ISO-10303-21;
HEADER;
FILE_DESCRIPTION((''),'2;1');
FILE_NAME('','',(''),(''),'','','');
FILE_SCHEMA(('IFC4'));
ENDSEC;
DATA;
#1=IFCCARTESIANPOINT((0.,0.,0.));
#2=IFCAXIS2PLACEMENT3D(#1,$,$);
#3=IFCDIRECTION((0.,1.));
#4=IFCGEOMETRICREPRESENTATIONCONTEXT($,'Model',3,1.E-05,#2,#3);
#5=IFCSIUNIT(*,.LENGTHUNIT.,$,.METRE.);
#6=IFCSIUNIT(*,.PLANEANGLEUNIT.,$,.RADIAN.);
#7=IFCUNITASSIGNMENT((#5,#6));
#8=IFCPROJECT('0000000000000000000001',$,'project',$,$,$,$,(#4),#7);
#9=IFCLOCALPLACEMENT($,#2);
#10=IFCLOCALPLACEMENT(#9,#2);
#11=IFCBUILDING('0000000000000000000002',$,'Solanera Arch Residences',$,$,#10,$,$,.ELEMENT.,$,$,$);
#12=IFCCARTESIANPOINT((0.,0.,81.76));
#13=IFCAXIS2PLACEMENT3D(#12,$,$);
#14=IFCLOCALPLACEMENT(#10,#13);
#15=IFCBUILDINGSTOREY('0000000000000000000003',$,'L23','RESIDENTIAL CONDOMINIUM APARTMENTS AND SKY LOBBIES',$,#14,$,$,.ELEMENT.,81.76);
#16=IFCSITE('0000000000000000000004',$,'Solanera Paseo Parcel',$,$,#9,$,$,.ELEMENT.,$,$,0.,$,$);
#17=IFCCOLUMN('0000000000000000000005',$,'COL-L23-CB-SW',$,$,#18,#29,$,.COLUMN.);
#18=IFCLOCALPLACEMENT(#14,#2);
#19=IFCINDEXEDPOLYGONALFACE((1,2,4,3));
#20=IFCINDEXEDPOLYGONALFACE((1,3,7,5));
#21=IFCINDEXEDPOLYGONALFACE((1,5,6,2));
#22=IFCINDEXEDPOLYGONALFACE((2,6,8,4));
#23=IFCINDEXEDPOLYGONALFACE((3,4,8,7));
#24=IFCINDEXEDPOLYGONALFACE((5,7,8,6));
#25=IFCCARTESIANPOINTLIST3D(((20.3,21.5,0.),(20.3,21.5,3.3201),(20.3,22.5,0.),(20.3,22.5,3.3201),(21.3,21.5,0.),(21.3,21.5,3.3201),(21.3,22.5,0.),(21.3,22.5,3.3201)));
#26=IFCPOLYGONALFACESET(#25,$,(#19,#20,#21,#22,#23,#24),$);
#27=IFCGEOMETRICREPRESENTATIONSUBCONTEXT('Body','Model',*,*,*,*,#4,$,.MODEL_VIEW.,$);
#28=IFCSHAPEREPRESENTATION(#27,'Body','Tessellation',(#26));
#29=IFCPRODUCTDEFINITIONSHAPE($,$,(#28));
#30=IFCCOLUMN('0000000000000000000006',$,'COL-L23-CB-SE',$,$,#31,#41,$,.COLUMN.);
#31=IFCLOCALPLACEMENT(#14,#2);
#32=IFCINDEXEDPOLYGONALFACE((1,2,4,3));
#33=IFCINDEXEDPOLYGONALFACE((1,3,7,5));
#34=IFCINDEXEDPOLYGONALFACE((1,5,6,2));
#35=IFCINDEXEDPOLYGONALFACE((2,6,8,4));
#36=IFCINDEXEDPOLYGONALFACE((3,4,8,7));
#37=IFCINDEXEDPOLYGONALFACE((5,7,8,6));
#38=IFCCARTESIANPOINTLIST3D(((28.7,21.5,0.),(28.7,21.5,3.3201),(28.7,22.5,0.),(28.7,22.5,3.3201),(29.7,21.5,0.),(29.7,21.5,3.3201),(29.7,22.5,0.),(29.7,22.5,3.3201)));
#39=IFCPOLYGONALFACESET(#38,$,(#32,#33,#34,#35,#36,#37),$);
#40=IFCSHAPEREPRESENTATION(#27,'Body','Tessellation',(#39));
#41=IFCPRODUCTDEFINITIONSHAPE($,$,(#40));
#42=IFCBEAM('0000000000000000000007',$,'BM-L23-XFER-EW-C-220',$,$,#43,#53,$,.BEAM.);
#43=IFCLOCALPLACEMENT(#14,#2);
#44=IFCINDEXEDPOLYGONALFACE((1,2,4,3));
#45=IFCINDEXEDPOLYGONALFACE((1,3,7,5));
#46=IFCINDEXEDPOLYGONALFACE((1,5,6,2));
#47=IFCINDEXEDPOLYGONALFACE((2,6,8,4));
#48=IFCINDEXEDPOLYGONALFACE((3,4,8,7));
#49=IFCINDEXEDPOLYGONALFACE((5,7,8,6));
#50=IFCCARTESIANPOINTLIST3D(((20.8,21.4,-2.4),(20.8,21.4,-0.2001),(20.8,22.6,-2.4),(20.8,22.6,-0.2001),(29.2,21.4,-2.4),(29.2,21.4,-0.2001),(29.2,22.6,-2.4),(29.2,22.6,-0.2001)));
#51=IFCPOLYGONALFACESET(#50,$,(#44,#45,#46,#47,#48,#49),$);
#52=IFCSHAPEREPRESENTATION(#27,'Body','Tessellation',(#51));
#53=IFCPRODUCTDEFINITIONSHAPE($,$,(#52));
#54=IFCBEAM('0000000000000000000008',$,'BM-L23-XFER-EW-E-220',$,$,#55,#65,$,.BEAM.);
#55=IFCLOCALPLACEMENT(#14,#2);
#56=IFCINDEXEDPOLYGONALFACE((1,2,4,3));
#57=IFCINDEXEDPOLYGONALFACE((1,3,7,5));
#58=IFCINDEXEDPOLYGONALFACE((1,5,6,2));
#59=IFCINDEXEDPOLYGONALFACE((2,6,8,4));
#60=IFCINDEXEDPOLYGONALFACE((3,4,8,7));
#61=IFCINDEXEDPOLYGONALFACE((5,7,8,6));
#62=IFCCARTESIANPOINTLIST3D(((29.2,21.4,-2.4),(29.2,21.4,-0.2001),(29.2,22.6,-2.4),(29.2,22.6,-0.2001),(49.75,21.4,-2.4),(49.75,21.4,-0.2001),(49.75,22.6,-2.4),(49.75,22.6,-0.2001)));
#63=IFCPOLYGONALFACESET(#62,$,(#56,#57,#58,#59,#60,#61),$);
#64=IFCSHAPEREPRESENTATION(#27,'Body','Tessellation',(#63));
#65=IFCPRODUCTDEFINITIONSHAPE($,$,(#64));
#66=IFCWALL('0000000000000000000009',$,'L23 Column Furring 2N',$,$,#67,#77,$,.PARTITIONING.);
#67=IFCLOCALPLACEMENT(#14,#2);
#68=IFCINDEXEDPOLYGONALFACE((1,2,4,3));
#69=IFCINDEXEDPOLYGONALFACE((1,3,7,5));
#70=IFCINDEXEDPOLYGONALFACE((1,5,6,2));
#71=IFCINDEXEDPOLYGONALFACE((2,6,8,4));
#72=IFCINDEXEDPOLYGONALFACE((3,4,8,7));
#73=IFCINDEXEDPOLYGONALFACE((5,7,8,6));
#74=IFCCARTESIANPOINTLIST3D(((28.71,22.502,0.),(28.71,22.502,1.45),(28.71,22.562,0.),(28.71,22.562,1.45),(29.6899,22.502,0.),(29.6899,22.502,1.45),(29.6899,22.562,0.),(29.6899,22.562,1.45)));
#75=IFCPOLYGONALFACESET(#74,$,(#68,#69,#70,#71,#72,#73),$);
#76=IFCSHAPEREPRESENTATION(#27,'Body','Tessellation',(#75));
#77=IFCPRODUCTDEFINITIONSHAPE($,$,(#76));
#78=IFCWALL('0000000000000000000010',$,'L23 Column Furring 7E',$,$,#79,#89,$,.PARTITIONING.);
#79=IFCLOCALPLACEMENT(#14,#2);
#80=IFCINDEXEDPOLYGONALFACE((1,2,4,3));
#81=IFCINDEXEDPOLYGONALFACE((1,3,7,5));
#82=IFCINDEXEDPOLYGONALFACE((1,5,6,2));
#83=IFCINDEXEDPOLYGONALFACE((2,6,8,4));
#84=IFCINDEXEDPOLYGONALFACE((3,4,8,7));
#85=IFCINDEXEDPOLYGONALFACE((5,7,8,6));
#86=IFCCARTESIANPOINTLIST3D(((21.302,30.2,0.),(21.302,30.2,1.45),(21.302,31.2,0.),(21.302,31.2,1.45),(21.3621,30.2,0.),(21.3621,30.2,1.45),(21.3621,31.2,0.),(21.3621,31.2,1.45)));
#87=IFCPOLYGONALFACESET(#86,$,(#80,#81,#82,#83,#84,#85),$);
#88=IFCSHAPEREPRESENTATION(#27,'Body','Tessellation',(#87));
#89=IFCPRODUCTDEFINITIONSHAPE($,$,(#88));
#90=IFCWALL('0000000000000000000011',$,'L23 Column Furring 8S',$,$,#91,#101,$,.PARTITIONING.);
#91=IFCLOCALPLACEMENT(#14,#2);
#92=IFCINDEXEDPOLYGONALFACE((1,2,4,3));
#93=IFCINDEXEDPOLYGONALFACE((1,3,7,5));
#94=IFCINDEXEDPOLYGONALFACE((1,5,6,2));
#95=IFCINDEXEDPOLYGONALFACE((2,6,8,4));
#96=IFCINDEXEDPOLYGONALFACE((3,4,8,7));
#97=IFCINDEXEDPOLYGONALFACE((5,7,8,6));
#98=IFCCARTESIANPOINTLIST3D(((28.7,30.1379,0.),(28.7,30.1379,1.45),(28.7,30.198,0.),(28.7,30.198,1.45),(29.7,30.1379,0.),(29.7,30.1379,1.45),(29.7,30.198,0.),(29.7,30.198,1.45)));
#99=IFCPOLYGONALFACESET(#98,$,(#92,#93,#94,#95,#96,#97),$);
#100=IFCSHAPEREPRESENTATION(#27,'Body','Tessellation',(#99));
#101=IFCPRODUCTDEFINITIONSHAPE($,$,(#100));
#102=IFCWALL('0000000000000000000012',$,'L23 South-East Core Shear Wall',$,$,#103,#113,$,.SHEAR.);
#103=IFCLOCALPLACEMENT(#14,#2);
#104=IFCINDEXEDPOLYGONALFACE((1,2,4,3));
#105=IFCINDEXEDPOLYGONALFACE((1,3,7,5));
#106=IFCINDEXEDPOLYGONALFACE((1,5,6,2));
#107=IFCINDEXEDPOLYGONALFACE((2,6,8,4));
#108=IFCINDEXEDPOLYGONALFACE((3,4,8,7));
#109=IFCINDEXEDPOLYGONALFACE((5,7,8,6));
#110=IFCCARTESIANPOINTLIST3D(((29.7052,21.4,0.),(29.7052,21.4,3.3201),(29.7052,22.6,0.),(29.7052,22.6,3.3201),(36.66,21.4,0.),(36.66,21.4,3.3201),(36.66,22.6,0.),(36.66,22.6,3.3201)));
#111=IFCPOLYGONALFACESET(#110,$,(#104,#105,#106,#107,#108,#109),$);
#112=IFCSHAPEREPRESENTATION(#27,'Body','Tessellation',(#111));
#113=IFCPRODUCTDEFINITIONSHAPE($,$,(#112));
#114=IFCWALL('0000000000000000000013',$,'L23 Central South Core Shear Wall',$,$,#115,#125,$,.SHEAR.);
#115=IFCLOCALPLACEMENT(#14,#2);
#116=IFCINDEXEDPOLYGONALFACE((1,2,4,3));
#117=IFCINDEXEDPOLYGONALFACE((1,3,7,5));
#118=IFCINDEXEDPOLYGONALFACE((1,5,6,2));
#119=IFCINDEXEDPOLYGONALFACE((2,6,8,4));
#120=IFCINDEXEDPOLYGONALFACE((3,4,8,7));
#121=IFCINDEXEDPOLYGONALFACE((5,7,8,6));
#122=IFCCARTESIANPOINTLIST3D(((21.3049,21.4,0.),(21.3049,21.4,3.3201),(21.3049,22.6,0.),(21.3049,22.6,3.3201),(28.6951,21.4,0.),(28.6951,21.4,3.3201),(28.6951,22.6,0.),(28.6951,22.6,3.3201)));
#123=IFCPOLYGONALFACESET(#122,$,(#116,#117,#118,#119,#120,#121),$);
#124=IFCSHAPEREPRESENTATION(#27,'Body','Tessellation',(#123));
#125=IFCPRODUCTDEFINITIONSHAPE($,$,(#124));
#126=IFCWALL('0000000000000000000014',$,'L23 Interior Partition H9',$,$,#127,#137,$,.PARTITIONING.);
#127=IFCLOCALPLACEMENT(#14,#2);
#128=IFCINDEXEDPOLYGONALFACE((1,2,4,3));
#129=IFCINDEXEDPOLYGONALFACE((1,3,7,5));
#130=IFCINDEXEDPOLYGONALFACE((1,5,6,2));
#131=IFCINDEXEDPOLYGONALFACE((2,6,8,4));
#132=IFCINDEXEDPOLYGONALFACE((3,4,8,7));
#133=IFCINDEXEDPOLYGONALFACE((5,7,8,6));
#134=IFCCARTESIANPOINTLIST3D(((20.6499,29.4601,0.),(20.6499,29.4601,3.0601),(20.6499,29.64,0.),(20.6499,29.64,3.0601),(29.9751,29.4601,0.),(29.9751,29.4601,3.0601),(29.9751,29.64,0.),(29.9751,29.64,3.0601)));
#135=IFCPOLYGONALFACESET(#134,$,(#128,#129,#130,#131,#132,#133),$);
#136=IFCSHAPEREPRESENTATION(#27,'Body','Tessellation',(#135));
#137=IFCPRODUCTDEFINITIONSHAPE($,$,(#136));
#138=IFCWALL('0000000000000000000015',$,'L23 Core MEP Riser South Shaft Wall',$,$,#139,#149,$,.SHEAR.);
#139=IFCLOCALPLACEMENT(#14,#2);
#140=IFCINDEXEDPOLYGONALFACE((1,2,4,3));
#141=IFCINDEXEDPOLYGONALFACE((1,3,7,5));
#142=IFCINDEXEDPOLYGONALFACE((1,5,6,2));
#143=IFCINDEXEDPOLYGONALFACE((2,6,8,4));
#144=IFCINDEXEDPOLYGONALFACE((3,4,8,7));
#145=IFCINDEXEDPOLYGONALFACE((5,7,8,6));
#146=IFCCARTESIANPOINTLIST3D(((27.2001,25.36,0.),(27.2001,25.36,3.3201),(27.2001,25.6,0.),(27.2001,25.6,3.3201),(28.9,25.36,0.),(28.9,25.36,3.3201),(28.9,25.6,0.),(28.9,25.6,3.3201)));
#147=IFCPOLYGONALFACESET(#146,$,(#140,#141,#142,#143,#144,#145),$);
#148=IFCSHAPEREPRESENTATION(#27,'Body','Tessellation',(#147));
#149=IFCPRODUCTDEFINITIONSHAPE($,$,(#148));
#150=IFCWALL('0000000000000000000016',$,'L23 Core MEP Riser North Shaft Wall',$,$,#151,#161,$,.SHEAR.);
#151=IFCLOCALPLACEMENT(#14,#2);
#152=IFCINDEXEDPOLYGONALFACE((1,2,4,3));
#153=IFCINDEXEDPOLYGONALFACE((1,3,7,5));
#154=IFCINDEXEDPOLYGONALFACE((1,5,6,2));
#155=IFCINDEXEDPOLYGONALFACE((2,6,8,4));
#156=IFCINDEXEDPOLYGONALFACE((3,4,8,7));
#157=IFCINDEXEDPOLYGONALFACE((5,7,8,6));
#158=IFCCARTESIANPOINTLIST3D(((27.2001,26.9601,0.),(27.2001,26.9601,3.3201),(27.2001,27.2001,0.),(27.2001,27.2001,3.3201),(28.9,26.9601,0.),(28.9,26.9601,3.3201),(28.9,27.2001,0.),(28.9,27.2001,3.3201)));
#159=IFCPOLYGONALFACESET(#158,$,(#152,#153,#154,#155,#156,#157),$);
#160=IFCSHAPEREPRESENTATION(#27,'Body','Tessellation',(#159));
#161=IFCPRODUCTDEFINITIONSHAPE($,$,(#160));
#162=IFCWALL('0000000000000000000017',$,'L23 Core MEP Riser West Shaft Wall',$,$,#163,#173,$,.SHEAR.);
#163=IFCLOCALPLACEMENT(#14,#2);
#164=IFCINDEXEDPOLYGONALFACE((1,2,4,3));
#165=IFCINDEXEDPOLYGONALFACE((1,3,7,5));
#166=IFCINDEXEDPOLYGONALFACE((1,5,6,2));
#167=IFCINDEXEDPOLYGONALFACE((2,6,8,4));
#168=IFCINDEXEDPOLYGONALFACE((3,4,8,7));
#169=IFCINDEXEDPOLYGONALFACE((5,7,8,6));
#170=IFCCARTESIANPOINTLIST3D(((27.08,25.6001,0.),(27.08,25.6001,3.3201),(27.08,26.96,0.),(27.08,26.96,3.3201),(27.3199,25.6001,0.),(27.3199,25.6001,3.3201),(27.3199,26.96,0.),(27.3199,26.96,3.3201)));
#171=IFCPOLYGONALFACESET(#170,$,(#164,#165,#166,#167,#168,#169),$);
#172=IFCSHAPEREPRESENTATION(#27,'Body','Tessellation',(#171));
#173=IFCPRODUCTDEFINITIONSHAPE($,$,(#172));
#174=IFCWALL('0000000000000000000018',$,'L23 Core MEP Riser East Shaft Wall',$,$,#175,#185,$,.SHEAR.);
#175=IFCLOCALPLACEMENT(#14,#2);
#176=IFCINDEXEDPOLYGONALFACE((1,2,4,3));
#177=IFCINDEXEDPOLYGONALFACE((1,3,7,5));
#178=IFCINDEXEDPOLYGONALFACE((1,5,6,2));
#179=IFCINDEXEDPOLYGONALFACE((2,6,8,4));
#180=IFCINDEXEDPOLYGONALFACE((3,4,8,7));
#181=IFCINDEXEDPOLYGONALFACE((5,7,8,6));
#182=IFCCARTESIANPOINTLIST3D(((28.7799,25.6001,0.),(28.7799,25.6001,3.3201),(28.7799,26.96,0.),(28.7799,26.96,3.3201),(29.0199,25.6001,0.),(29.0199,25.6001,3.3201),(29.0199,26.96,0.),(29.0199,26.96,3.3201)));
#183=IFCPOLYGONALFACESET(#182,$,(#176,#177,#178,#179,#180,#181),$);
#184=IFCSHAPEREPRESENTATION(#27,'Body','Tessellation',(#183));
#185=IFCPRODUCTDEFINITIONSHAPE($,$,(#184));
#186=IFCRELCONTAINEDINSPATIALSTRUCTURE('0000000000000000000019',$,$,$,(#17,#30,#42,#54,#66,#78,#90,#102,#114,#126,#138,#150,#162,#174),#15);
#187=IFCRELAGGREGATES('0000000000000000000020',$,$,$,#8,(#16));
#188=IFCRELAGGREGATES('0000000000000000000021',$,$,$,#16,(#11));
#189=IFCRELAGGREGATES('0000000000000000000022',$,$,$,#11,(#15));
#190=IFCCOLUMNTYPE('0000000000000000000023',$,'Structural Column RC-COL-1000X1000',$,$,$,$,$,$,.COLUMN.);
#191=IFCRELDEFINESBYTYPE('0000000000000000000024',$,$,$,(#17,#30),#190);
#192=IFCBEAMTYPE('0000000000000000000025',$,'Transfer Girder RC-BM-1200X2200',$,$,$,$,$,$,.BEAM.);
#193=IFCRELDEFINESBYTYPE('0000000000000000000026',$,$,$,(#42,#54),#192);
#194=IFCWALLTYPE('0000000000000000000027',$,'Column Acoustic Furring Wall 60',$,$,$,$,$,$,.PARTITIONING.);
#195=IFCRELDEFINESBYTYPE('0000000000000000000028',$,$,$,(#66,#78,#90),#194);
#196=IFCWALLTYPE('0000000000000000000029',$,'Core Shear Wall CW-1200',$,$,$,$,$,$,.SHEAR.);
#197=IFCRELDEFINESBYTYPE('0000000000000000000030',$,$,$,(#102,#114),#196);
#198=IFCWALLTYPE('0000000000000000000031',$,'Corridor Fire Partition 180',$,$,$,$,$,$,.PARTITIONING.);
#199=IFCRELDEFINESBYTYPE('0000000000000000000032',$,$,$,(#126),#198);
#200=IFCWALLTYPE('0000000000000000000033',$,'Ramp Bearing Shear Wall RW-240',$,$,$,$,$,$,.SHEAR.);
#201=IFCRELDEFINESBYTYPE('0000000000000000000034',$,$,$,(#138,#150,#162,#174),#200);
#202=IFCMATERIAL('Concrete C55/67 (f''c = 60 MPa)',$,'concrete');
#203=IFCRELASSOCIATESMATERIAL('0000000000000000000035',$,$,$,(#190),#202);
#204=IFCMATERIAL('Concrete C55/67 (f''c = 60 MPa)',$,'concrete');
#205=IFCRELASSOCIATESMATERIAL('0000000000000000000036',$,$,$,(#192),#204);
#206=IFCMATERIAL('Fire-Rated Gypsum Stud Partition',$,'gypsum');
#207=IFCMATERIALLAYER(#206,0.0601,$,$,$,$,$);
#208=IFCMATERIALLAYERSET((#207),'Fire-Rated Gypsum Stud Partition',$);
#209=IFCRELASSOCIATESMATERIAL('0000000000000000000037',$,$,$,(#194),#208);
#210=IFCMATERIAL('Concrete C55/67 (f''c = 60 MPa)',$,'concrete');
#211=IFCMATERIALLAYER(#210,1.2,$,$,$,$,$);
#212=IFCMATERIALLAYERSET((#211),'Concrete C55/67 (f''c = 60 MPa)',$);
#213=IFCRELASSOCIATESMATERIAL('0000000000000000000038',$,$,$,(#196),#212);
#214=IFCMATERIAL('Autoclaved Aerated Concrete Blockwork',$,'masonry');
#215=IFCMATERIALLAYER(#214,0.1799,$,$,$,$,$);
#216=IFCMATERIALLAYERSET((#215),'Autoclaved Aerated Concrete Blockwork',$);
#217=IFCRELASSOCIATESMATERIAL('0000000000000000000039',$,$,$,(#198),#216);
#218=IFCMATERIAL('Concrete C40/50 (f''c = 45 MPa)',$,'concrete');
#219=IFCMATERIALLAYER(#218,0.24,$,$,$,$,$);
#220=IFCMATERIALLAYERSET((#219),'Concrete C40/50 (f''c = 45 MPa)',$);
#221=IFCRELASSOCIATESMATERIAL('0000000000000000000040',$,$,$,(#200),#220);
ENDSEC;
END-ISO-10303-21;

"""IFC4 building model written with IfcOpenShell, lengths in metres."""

from ifc_helpers import new_model, si_unit, direction, frame, frame_2d, origin, origin_2d, place, context, subcontext, project, spatial, rectangle, extrude, material, layer, layer_set, material_profile, profile_set, type_object, element, save


model = new_model("IFC4")

# Units and contexts
model_context = context("Model", 3, precision=1e-05, world=origin(), true_north=direction((0.0, 1.0)))
body_context = subcontext(model_context, "Body", "Model", "MODEL_VIEW")
ifc_project = project(units=[si_unit("LENGTHUNIT", "METRE"), si_unit("PLANEANGLEUNIT", "RADIAN")], contexts=[model_context])

# Site, building, storey
site_placement = place(None, origin())
site = spatial("IfcSite", under=ifc_project, at=site_placement, Name="Solanera Paseo Parcel", CompositionType="ELEMENT", RefElevation=0.0)
building_placement = place(site_placement, origin())
building = spatial("IfcBuilding", under=site, at=building_placement, Name="Solanera Arch Residences", CompositionType="ELEMENT")
storey_placement = place(building_placement, frame((0.0, 0.0, 81.76)))
storey = spatial("IfcBuildingStorey", under=building, at=storey_placement, Name="L23", Description="RESIDENTIAL CONDOMINIUM APARTMENTS AND SKY LOBBIES", CompositionType="ELEMENT", Elevation=81.76)

# Columns
ifc_material_1 = material(Name="Concrete C55/67 (f'c = 60 MPa)", Category="concrete")
ifc_material_profile_1 = material_profile(ifc_material_1, rectangle(XDim=1.0, YDim=1.0, at=origin_2d()))
ifc_profile_set_1 = profile_set([ifc_material_profile_1], Name="Concrete C55/67 (f'c = 60 MPa)")
column_type = type_object("IfcColumnType", Name="Structural Column RC-COL-1000X1000", PredefinedType="COLUMN", material=ifc_profile_set_1)
for number, where, z_axis, x_axis, name in (
    (1, (20.8, 22.0, 0.0), (0.0, 0.0, 1.0), (1.0, 0.0, 0.0), "COL-L23-CB-SW"),
    (2, (29.2, 22.0, 0.0), (0.0, 0.0, 1.0), (1.0, 0.0, 0.0), "COL-L23-CB-SE"),
):
    element("IfcColumn", number, at=place(storey_placement, frame(where, z_axis=z_axis, x_axis=x_axis)), inside=storey, type_object=column_type, Name=name, PredefinedType="COLUMN", context=body_context, shape_type="SweptSolid", body=[
        extrude(rectangle(XDim=1.0, YDim=1.0, at=origin_2d()), origin(), (0.0, 0.0, 1.0), 3.3201),
    ])

# Beams
ifc_material_2 = material(Name="Concrete C55/67 (f'c = 60 MPa)", Category="concrete")
ifc_material_profile_2 = material_profile(ifc_material_2, rectangle(XDim=1.2, YDim=2.2, at=origin_2d()))
ifc_profile_set_2 = profile_set([ifc_material_profile_2], Name="Concrete C55/67 (f'c = 60 MPa)")
beam_type = type_object("IfcBeamType", Name="Transfer Girder RC-BM-1200X2200", PredefinedType="BEAM", material=ifc_profile_set_2)
beam_1_placement = place(storey_placement, frame((20.8, 22.0, -1.3), z_axis=(1.0, 0.0, 0.0), x_axis=(0.0, 1.0, 0.0)))
element("IfcBeam", 3, at=beam_1_placement, inside=storey, type_object=beam_type, Name="BM-L23-XFER-EW-C-220", PredefinedType="BEAM", context=body_context, shape_type="SweptSolid", body=[
    extrude(rectangle(XDim=1.2, YDim=2.2, at=origin_2d()), origin(), (0.0, 0.0, 1.0), 8.3999),
])
beam_2_placement = place(storey_placement, frame((29.2, 22.0, -1.3), z_axis=(1.0, 0.0, 0.0), x_axis=(0.0, 1.0, 0.0)))
element("IfcBeam", 4, at=beam_2_placement, inside=storey, type_object=beam_type, Name="BM-L23-XFER-EW-E-220", PredefinedType="BEAM", context=body_context, shape_type="SweptSolid", body=[
    extrude(rectangle(XDim=1.2, YDim=2.2, at=origin_2d()), origin(), (0.0, 0.0, 1.0), 20.55),
])

# Walls
ifc_material_3 = material(Name="Fire-Rated Gypsum Stud Partition", Category="gypsum")
ifc_layer_1 = layer(ifc_material_3, 0.0601)
ifc_layer_set_1 = layer_set([ifc_layer_1], Name="Fire-Rated Gypsum Stud Partition")
wall_type_1 = type_object("IfcWallType", Name="Column Acoustic Furring Wall 60", PredefinedType="PARTITIONING", material=ifc_layer_set_1)
wall_1_placement = place(storey_placement, frame((28.71, 22.532, 0.0), z_axis=(0.0, 0.0, 1.0), x_axis=(1.0, 0.0, 0.0)))
element("IfcWall", 5, at=wall_1_placement, inside=storey, type_object=wall_type_1, Name="L23 Column Furring 2N", PredefinedType="PARTITIONING", context=body_context, shape_type="SweptSolid", body=[
    extrude(rectangle(XDim=0.98, YDim=0.0601, at=frame_2d((0.49, 0.0))), origin(), (0.0, 0.0, 1.0), 1.45),
])
for number, where, z_axis, x_axis, name in (
    (6, (21.332, 30.2, 0.0), (0.0, 0.0, 1.0), (0.0, 1.0, 0.0), "L23 Column Furring 7E"),
    (7, (28.7, 30.168, 0.0), (0.0, 0.0, 1.0), (1.0, 0.0, 0.0), "L23 Column Furring 8S"),
):
    element("IfcWall", number, at=place(storey_placement, frame(where, z_axis=z_axis, x_axis=x_axis)), inside=storey, type_object=wall_type_1, Name=name, PredefinedType="PARTITIONING", context=body_context, shape_type="SweptSolid", body=[
        extrude(rectangle(XDim=1.0, YDim=0.0601, at=frame_2d((0.5, 0.0))), origin(), (0.0, 0.0, 1.0), 1.45),
    ])
ifc_material_4 = material(Name="Concrete C55/67 (f'c = 60 MPa)", Category="concrete")
ifc_layer_2 = layer(ifc_material_4, 1.2)
ifc_layer_set_2 = layer_set([ifc_layer_2], Name="Concrete C55/67 (f'c = 60 MPa)")
wall_type_2 = type_object("IfcWallType", Name="Core Shear Wall CW-1200", PredefinedType="SHEAR", material=ifc_layer_set_2)
wall_2_placement = place(storey_placement, frame((29.7051, 22.0, 0.0), z_axis=(0.0, 0.0, 1.0), x_axis=(1.0, 0.0, 0.0)))
element("IfcWall", 8, at=wall_2_placement, inside=storey, type_object=wall_type_2, Name="L23 South-East Core Shear Wall", PredefinedType="SHEAR", context=body_context, shape_type="SweptSolid", body=[
    extrude(rectangle(XDim=6.9548, YDim=1.2, at=frame_2d((3.4775, 0.0))), origin(), (0.0, 0.0, 1.0), 3.3201),
])
wall_3_placement = place(storey_placement, frame((21.3049, 22.0, 0.0), z_axis=(0.0, 0.0, 1.0), x_axis=(1.0, 0.0, 0.0)))
element("IfcWall", 9, at=wall_3_placement, inside=storey, type_object=wall_type_2, Name="L23 Central South Core Shear Wall", PredefinedType="SHEAR", context=body_context, shape_type="SweptSolid", body=[
    extrude(rectangle(XDim=7.3901, YDim=1.2, at=frame_2d((3.6951, 0.0))), origin(), (0.0, 0.0, 1.0), 3.3201),
])
ifc_material_5 = material(Name="Autoclaved Aerated Concrete Blockwork", Category="masonry")
ifc_layer_3 = layer(ifc_material_5, 0.1799)
ifc_layer_set_3 = layer_set([ifc_layer_3], Name="Autoclaved Aerated Concrete Blockwork")
wall_type_3 = type_object("IfcWallType", Name="Corridor Fire Partition 180", PredefinedType="PARTITIONING", material=ifc_layer_set_3)
wall_4_placement = place(storey_placement, frame((20.6499, 29.55, 0.0), z_axis=(0.0, 0.0, 1.0), x_axis=(1.0, 0.0, 0.0)))
element("IfcWall", 10, at=wall_4_placement, inside=storey, type_object=wall_type_3, Name="L23 Interior Partition H9", PredefinedType="PARTITIONING", context=body_context, shape_type="SweptSolid", body=[
    extrude(rectangle(XDim=9.3252, YDim=0.1799, at=frame_2d((4.6626, 0.0))), origin(), (0.0, 0.0, 1.0), 3.0601),
])
ifc_material_6 = material(Name="Concrete C40/50 (f'c = 45 MPa)", Category="concrete")
ifc_layer_4 = layer(ifc_material_6, 0.24)
ifc_layer_set_4 = layer_set([ifc_layer_4], Name="Concrete C40/50 (f'c = 45 MPa)")
wall_type_4 = type_object("IfcWallType", Name="Ramp Bearing Shear Wall RW-240", PredefinedType="SHEAR", material=ifc_layer_set_4)
for number, where, z_axis, x_axis, name in (
    (11, (27.2, 25.48, 0.0), (0.0, 0.0, 1.0), (1.0, 0.0, 0.0), "L23 Core MEP Riser South Shaft Wall"),
    (12, (27.2, 27.0801, 0.0), (0.0, 0.0, 1.0), (1.0, 0.0, 0.0), "L23 Core MEP Riser North Shaft Wall"),
):
    element("IfcWall", number, at=place(storey_placement, frame(where, z_axis=z_axis, x_axis=x_axis)), inside=storey, type_object=wall_type_4, Name=name, PredefinedType="SHEAR", context=body_context, shape_type="SweptSolid", body=[
        extrude(rectangle(XDim=1.7, YDim=0.24, at=frame_2d((0.8501, 0.0))), origin(), (0.0, 0.0, 1.0), 3.3201),
    ])
for number, where, z_axis, x_axis, name in (
    (13, (27.2, 25.6001, 0.0), (0.0, 0.0, 1.0), (0.0, 1.0, 0.0), "L23 Core MEP Riser West Shaft Wall"),
    (14, (28.8999, 25.6001, 0.0), (0.0, 0.0, 1.0), (0.0, 1.0, 0.0), "L23 Core MEP Riser East Shaft Wall"),
):
    element("IfcWall", number, at=place(storey_placement, frame(where, z_axis=z_axis, x_axis=x_axis)), inside=storey, type_object=wall_type_4, Name=name, PredefinedType="SHEAR", context=body_context, shape_type="SweptSolid", body=[
        extrude(rectangle(XDim=1.3599, YDim=0.24, at=frame_2d((0.6799, 0.0))), origin(), (0.0, 0.0, 1.0), 3.3201),
    ])

save(model, "model.ifc")
